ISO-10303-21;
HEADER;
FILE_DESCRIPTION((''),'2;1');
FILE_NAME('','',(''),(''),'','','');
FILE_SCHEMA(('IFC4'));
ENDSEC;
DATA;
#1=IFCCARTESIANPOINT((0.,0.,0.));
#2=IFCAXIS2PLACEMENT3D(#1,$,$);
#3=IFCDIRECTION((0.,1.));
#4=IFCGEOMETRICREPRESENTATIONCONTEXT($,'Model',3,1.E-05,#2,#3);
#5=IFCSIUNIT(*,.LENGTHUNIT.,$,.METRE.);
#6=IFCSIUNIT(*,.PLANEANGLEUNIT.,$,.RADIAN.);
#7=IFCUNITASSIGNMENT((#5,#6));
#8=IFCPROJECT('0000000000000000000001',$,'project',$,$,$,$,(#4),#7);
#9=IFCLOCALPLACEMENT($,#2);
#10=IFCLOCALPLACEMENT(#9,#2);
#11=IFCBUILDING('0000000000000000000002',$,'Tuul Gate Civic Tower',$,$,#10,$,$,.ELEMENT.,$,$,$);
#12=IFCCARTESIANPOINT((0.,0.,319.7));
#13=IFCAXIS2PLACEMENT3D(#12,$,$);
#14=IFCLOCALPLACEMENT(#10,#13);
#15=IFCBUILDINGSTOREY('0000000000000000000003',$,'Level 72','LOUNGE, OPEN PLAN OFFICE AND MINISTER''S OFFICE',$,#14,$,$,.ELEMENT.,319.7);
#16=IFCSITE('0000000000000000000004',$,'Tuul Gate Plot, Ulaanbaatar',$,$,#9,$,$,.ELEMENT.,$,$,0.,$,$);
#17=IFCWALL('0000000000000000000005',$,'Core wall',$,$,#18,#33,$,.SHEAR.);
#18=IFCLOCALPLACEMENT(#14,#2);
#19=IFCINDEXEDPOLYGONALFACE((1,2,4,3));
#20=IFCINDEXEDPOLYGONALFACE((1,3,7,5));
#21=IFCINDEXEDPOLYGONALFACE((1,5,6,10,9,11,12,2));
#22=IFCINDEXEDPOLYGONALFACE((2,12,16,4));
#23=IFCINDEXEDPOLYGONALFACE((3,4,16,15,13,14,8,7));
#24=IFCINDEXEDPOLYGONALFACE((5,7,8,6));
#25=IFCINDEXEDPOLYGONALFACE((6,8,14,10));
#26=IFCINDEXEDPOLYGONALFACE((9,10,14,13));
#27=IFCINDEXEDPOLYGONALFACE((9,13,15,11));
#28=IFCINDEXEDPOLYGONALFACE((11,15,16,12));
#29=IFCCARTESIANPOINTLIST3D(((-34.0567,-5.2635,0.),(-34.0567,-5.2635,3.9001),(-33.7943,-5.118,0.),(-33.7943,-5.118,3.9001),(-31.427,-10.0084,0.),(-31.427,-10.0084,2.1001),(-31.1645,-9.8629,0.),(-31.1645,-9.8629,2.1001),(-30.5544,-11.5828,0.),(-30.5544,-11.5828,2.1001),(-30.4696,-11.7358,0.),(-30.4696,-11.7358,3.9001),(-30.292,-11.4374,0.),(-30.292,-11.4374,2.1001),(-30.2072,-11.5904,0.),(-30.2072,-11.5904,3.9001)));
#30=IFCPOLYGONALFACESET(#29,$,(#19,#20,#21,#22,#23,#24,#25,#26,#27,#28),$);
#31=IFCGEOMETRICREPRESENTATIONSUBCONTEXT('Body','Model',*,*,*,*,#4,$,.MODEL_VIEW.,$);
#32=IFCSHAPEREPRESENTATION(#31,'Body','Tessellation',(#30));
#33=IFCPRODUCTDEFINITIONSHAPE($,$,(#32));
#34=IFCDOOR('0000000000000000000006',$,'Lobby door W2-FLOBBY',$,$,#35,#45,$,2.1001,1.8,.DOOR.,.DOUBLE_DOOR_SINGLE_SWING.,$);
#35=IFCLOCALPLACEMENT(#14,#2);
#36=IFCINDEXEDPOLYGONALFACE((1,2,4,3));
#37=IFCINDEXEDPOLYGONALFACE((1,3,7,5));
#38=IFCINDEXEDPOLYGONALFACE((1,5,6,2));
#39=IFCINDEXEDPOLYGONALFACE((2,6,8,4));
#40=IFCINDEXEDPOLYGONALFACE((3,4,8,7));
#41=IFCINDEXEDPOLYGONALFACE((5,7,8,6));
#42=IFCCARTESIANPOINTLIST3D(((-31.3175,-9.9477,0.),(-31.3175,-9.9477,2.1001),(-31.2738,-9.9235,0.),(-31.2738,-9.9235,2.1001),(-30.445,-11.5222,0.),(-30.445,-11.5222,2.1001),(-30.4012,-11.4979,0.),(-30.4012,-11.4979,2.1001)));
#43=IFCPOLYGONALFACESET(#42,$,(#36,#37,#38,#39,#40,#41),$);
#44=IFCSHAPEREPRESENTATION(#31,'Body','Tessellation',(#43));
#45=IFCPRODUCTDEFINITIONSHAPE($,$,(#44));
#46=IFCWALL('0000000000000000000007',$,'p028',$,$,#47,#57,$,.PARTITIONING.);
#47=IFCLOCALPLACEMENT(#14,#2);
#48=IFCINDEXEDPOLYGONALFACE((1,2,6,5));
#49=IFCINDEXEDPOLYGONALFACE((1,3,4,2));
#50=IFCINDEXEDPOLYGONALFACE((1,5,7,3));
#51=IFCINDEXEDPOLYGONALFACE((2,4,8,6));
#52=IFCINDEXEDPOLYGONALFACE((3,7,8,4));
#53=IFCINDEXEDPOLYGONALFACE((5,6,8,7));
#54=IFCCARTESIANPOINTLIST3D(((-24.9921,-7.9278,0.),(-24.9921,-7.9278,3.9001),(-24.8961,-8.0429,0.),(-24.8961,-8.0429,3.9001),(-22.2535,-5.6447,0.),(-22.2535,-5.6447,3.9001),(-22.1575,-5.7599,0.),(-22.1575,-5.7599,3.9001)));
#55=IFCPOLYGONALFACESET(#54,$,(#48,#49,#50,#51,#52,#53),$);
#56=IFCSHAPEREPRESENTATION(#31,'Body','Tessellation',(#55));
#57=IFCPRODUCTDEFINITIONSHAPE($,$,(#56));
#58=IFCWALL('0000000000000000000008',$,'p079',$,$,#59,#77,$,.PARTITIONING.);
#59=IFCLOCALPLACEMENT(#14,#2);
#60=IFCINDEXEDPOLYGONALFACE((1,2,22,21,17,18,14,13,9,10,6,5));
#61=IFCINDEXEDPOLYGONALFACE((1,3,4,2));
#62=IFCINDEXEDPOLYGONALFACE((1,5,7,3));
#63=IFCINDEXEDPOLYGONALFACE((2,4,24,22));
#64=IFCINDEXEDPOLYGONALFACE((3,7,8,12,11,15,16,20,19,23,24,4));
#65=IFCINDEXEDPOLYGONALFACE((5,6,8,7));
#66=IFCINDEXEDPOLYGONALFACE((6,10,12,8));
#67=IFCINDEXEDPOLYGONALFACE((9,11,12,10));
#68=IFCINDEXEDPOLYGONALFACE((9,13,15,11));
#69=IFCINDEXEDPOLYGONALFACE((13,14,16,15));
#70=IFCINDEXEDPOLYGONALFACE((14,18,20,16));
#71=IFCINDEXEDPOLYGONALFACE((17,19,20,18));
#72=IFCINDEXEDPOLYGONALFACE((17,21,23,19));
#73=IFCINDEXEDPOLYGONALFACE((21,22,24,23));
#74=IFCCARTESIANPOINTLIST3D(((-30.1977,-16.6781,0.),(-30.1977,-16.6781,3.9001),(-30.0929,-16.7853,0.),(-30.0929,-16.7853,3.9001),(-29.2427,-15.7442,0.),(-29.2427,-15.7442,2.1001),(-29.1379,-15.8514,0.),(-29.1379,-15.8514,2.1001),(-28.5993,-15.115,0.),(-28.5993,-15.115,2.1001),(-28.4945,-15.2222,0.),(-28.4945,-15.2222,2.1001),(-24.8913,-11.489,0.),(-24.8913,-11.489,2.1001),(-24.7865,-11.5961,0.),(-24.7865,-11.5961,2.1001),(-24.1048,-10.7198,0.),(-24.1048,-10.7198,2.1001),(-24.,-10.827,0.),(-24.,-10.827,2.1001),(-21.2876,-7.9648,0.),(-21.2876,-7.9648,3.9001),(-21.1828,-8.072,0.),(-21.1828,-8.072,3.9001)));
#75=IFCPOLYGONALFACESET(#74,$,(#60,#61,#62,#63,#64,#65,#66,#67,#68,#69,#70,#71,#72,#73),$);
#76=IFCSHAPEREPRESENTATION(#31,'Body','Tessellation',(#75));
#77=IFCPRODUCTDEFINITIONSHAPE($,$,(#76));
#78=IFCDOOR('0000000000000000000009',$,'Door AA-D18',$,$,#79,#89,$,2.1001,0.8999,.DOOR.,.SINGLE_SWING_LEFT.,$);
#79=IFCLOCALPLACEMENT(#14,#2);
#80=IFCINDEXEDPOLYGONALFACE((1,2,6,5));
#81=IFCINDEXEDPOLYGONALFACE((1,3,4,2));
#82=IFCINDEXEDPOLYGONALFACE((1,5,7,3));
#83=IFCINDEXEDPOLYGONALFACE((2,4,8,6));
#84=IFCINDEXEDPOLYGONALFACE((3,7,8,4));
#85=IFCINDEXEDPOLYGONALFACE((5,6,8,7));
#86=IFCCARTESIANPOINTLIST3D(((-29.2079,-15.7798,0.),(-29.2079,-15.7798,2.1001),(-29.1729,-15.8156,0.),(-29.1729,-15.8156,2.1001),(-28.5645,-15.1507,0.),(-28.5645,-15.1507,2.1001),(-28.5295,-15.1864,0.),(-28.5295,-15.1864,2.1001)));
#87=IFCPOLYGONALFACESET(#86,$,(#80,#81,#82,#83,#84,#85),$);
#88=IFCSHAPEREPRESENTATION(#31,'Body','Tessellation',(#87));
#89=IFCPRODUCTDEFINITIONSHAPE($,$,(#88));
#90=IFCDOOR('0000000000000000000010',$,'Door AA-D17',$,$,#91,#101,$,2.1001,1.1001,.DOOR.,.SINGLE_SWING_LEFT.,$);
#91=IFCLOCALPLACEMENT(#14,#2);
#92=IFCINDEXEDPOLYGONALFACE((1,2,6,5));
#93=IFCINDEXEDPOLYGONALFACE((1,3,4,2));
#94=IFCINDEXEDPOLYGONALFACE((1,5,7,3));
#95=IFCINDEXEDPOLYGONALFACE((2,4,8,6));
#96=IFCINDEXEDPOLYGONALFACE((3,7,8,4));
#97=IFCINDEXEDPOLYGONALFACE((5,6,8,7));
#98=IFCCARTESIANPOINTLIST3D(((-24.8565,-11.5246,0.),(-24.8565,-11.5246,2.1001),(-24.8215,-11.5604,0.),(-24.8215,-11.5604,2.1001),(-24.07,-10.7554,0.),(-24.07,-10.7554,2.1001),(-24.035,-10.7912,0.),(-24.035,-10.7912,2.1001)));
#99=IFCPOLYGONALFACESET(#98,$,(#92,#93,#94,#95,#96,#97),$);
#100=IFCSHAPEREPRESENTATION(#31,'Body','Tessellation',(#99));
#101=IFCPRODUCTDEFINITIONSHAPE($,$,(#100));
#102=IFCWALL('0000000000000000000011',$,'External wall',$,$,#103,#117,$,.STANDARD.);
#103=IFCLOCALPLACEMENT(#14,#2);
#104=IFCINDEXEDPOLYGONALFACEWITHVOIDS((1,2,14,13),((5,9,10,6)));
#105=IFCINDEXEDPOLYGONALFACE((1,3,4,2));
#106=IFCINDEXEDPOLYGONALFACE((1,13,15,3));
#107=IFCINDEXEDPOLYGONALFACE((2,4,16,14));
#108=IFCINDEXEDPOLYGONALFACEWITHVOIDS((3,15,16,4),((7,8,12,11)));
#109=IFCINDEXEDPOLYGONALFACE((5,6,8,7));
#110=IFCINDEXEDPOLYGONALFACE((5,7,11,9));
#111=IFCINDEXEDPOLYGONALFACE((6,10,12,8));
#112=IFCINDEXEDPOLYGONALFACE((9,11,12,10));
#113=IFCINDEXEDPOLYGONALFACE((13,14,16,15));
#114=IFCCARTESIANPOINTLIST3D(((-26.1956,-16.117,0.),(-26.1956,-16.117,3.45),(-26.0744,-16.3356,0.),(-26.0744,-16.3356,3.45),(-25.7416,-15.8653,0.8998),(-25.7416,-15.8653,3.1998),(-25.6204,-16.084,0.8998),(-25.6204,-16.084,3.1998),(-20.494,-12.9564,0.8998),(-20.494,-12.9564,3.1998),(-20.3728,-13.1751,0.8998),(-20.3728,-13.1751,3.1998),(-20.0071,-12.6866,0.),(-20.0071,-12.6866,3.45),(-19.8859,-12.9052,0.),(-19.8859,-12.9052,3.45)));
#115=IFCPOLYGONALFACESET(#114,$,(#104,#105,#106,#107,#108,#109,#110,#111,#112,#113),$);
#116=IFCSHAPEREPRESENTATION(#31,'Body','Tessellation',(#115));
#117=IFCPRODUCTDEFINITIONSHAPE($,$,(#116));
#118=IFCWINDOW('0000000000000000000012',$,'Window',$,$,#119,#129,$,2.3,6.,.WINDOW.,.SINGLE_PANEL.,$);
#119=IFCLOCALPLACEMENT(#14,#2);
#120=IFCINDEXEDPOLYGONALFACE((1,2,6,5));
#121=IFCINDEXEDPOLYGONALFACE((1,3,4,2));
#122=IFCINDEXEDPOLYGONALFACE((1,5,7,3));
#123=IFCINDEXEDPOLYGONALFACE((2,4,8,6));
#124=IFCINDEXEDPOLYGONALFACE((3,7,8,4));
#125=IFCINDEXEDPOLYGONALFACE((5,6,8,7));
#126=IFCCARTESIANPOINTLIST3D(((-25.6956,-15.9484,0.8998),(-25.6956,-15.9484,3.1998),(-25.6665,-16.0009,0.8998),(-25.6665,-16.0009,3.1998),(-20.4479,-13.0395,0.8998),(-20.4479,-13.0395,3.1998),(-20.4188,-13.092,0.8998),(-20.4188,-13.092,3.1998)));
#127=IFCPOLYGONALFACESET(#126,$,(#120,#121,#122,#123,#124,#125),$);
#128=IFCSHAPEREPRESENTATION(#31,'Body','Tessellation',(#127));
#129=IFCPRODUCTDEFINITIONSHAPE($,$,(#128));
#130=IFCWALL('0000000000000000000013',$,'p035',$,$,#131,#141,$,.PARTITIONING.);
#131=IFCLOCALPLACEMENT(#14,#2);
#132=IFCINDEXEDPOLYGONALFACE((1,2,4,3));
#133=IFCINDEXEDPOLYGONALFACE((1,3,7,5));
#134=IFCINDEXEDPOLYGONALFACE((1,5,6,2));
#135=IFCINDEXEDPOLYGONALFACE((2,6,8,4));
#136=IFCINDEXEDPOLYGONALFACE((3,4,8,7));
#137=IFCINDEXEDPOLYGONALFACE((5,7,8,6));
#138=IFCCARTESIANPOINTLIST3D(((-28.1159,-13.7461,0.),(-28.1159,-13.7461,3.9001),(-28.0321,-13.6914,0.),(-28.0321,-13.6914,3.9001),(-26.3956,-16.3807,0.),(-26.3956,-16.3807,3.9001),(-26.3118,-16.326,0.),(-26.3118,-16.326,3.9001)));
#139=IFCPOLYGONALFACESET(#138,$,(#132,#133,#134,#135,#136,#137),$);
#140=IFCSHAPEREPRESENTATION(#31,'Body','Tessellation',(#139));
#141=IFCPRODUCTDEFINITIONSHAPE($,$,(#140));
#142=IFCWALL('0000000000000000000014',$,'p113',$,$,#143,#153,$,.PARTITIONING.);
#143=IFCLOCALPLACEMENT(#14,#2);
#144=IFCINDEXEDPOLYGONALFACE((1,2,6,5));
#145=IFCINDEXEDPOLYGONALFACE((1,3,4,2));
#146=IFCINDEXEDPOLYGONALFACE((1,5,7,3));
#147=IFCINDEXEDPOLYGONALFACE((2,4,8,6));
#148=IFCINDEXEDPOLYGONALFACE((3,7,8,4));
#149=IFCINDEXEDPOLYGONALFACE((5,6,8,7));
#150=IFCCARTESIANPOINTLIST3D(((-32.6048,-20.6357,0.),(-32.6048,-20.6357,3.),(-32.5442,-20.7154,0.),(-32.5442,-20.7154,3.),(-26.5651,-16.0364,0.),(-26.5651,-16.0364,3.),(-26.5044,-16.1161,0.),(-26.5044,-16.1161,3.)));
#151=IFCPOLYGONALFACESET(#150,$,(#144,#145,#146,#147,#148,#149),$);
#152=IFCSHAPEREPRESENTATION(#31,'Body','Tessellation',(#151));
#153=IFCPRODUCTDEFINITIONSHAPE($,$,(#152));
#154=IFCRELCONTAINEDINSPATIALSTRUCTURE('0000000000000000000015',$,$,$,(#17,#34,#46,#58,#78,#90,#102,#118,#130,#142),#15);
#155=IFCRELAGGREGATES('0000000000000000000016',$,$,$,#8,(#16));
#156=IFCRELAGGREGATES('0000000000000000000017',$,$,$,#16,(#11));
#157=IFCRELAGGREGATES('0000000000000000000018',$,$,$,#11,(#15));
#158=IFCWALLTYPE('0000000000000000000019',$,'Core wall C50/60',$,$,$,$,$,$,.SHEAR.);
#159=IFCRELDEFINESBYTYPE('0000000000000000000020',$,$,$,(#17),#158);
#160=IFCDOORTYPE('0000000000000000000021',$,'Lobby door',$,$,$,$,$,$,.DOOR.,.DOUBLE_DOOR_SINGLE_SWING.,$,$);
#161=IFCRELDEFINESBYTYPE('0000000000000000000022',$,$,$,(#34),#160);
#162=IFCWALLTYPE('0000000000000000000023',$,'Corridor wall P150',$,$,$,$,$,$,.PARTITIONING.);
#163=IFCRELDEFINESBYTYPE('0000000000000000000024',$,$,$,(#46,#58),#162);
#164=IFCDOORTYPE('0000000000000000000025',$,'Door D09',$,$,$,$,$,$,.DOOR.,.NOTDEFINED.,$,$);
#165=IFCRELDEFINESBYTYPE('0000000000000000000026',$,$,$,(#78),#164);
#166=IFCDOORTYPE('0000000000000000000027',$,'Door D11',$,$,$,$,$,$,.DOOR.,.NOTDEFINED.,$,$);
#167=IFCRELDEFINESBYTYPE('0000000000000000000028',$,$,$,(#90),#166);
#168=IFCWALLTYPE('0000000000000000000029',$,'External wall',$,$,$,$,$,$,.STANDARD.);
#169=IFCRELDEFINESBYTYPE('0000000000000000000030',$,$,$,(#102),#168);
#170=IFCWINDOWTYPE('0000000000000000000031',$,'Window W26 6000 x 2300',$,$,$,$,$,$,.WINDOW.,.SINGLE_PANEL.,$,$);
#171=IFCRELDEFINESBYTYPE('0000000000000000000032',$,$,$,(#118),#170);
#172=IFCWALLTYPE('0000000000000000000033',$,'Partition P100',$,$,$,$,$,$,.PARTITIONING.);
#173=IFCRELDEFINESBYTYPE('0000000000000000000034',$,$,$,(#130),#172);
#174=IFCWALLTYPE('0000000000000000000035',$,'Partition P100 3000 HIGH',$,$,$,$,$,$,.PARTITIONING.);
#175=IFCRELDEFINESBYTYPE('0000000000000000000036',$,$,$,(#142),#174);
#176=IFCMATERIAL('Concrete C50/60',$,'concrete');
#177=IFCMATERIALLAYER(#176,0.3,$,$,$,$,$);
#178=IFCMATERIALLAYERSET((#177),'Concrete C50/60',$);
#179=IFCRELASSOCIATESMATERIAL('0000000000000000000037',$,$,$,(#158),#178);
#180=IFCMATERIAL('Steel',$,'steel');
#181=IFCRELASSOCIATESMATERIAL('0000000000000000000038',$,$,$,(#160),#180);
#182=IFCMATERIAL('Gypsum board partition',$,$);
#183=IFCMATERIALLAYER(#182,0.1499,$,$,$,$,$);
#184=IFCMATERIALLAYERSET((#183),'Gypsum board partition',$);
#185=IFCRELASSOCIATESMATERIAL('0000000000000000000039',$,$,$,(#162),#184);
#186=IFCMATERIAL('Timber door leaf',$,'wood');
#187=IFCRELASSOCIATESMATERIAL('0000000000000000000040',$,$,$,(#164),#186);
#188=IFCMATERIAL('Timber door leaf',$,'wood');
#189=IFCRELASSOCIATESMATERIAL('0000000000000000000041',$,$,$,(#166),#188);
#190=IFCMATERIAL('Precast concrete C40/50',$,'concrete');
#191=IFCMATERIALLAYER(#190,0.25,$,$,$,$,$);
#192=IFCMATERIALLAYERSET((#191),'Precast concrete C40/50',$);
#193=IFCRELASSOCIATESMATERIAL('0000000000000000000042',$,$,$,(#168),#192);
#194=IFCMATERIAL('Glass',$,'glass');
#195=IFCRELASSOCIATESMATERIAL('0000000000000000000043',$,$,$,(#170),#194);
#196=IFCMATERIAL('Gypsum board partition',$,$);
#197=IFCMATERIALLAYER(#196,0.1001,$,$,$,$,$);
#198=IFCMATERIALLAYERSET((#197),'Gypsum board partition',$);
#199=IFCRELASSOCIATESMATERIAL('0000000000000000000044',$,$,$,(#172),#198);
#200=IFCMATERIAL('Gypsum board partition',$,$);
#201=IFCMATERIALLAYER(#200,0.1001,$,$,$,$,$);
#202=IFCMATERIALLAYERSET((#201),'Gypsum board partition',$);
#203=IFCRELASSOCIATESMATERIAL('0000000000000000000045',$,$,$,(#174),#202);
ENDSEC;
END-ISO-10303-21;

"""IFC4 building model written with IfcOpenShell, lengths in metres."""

from ifc_helpers import new_model, si_unit, direction, frame, frame_2d, origin, place, context, subcontext, project, spatial, rectangle, extrude, material, layer, layer_set, type_object, element, fill, save


model = new_model("IFC4")

# Units and contexts
model_context = context("Model", 3, precision=1e-05, world=origin(), true_north=direction((0.0, 1.0)))
body_context = subcontext(model_context, "Body", "Model", "MODEL_VIEW")
ifc_project = project(units=[si_unit("LENGTHUNIT", "METRE"), si_unit("PLANEANGLEUNIT", "RADIAN")], contexts=[model_context])

# Site, building, storey
site_placement = place(None, origin())
site = spatial("IfcSite", under=ifc_project, at=site_placement, Name="Tuul Gate Plot, Ulaanbaatar", CompositionType="ELEMENT", RefElevation=0.0)
building_placement = place(site_placement, origin())
building = spatial("IfcBuilding", under=site, at=building_placement, Name="Tuul Gate Civic Tower", CompositionType="ELEMENT")
storey_placement = place(building_placement, frame((0.0, 0.0, 319.7)))
storey = spatial("IfcBuildingStorey", under=building, at=storey_placement, Name="Level 72", Description="LOUNGE, OPEN PLAN OFFICE AND MINISTER'S OFFICE", CompositionType="ELEMENT", Elevation=319.7)

# Shared definitions
ifc_material_1 = material(Name="Concrete C50/60", Category="concrete")
ifc_layer_1 = layer(ifc_material_1, 0.3)
ifc_layer_set_1 = layer_set([ifc_layer_1], Name="Concrete C50/60")
wall_type_1 = type_object("IfcWallType", Name="Core wall C50/60", PredefinedType="SHEAR", material=ifc_layer_set_1)

# Wall, opening, door
wall_1_placement = place(storey_placement, frame((-30.3384, -11.6631, 0.0), z_axis=(0.0, 0.0, 1.0), x_axis=(-0.484752, 0.874652, 0.0)))
wall_1 = element("IfcWall", 1, at=wall_1_placement, inside=storey, type_object=wall_type_1, Name="Core wall", PredefinedType="SHEAR", context=body_context, shape_type="SweptSolid", body=[
    extrude(rectangle(XDim=7.3999, YDim=0.3, at=frame_2d((3.7, 0.0))), origin(), (0.0, 0.0, 1.0), 3.9001),
])
opening_1_placement = place(wall_1_placement, frame((0.175, 0.0, 0.0)))
opening_1 = element("IfcOpeningElement", 2, at=opening_1_placement, cuts=wall_1, PredefinedType="OPENING", context=body_context, shape_type="SweptSolid", body=[
    extrude(rectangle(XDim=1.8, YDim=2.1001, at=frame_2d((0.8999, 1.05))), frame((0.0, 0.1602, 0.0), z_axis=(0.0, -1.0, 0.0), x_axis=(1.0, 0.0, 0.0)), (0.0, 0.0, 1.0), 0.3201),
])
ifc_material_2 = material(Name="Steel", Category="steel")
door_type_1 = type_object("IfcDoorType", Name="Lobby door", OperationType="DOUBLE_DOOR_SINGLE_SWING", PredefinedType="DOOR", material=ifc_material_2)
door_1_placement = place(opening_1_placement, origin())
door_1 = element("IfcDoor", 3, at=door_1_placement, inside=storey, type_object=door_type_1, Name="Lobby door W2-FLOBBY", OperationType="DOUBLE_DOOR_SINGLE_SWING", OverallHeight=2.1001, OverallWidth=1.8, PredefinedType="DOOR", context=body_context, shape_type="SweptSolid", body=[
    extrude(rectangle(XDim=1.8, YDim=2.1001, at=frame_2d((0.8999, 1.05))), frame((0.0, 0.0249, 0.0), z_axis=(0.0, -1.0, 0.0), x_axis=(1.0, 0.0, 0.0)), (0.0, 0.0, 1.0), 0.05),
])
fill(opening_1, door_1)

# Wall
ifc_material_3 = material(Name="Gypsum board partition")
ifc_layer_2 = layer(ifc_material_3, 0.1499)
ifc_layer_set_2 = layer_set([ifc_layer_2], Name="Gypsum board partition")
wall_type_2 = type_object("IfcWallType", Name="Corridor wall P150", PredefinedType="PARTITIONING", material=ifc_layer_set_2)
wall_2_placement = place(storey_placement, frame((-24.9441, -7.9854, 0.0), z_axis=(0.0, 0.0, 1.0), x_axis=(0.768103, 0.640326, 0.0)))
element("IfcWall", 4, at=wall_2_placement, inside=storey, type_object=wall_type_2, Name="p028", PredefinedType="PARTITIONING", context=body_context, shape_type="SweptSolid", body=[
    extrude(rectangle(XDim=3.5654, YDim=0.1499, at=frame_2d((1.7827, 0.0))), origin(), (0.0, 0.0, 1.0), 3.9001),
])

# Wall, openings, doors
wall_3_placement = place(storey_placement, frame((-30.1453, -16.7317, 0.0), z_axis=(0.0, 0.0, 1.0), x_axis=(0.714957, 0.699168, 0.0)))
wall_3 = element("IfcWall", 5, at=wall_3_placement, inside=storey, type_object=wall_type_2, Name="p079", PredefinedType="PARTITIONING", context=body_context, shape_type="SweptSolid", body=[
    extrude(rectangle(XDim=12.4624, YDim=0.1499, at=frame_2d((6.2312, 0.0))), origin(), (0.0, 0.0, 1.0), 3.9001),
])
opening_2_placement = place(wall_3_placement, frame((7.4219, 0.0, 0.0)))
opening_2 = element("IfcOpeningElement", 6, at=opening_2_placement, cuts=wall_3, PredefinedType="OPENING", context=body_context, shape_type="SweptSolid", body=[
    extrude(rectangle(XDim=1.1001, YDim=2.1001, at=frame_2d((0.55, 1.05))), frame((0.0, 0.085, 0.0), z_axis=(0.0, -1.0, 0.0), x_axis=(1.0, 0.0, 0.0)), (0.0, 0.0, 1.0), 0.1699),
])
opening_3_placement = place(wall_3_placement, frame((1.3357, 0.0, 0.0)))
opening_3 = element("IfcOpeningElement", 7, at=opening_3_placement, cuts=wall_3, PredefinedType="OPENING", context=body_context, shape_type="SweptSolid", body=[
    extrude(rectangle(XDim=0.8999, YDim=2.1001, at=frame_2d((0.45, 1.05))), frame((0.0, 0.085, 0.0), z_axis=(0.0, -1.0, 0.0), x_axis=(1.0, 0.0, 0.0)), (0.0, 0.0, 1.0), 0.1699),
])
ifc_material_4 = material(Name="Timber door leaf", Category="wood")
door_type_2 = type_object("IfcDoorType", Name="Door D09", OperationType="NOTDEFINED", PredefinedType="DOOR", material=ifc_material_4)
door_2_placement = place(opening_3_placement, frame((0.8999, 0.0, 0.0), z_axis=(0.0, 0.0, 1.0), x_axis=(-1.0, 0.0, 0.0)))
door_2 = element("IfcDoor", 8, at=door_2_placement, inside=storey, type_object=door_type_2, Name="Door AA-D18", OperationType="SINGLE_SWING_LEFT", OverallHeight=2.1001, OverallWidth=0.8999, PredefinedType="DOOR", context=body_context, shape_type="SweptSolid", body=[
    extrude(rectangle(XDim=0.8999, YDim=2.1001, at=frame_2d((0.45, 1.05))), frame((0.0, 0.0249, 0.0), z_axis=(0.0, -1.0, 0.0), x_axis=(1.0, 0.0, 0.0)), (0.0, 0.0, 1.0), 0.05),
])
fill(opening_3, door_2)
ifc_material_5 = material(Name="Timber door leaf", Category="wood")
door_type_3 = type_object("IfcDoorType", Name="Door D11", OperationType="NOTDEFINED", PredefinedType="DOOR", material=ifc_material_5)
door_3_placement = place(opening_2_placement, frame((1.1001, 0.0, 0.0), z_axis=(0.0, 0.0, 1.0), x_axis=(-1.0, 0.0, 0.0)))
door_3 = element("IfcDoor", 9, at=door_3_placement, inside=storey, type_object=door_type_3, Name="Door AA-D17", OperationType="SINGLE_SWING_LEFT", OverallHeight=2.1001, OverallWidth=1.1001, PredefinedType="DOOR", context=body_context, shape_type="SweptSolid", body=[
    extrude(rectangle(XDim=1.1001, YDim=2.1001, at=frame_2d((0.55, 1.05))), frame((0.0, 0.0249, 0.0), z_axis=(0.0, -1.0, 0.0), x_axis=(1.0, 0.0, 0.0)), (0.0, 0.0, 1.0), 0.05),
])
fill(opening_2, door_3)

# Wall, opening, window
ifc_material_6 = material(Name="Precast concrete C40/50", Category="concrete")
ifc_layer_3 = layer(ifc_material_6, 0.25)
ifc_layer_set_3 = layer_set([ifc_layer_3], Name="Precast concrete C40/50")
wall_type_3 = type_object("IfcWallType", Name="External wall", PredefinedType="STANDARD", material=ifc_layer_set_3)
wall_4_placement = place(storey_placement, frame((-26.135, -16.2263, 0.0), z_axis=(0.0, 0.0, 1.0), x_axis=(0.874614, 0.484819, 0.0)))
wall_4 = element("IfcWall", 10, at=wall_4_placement, inside=storey, type_object=wall_type_3, Name="External wall", PredefinedType="STANDARD", context=body_context, shape_type="SweptSolid", body=[
    extrude(rectangle(XDim=7.0757, YDim=0.25, at=frame_2d((3.5378, 0.0))), origin(), (0.0, 0.0, 1.0), 3.45),
])
opening_4_placement = place(wall_4_placement, frame((0.519, 0.0, 0.8999)))
opening_4 = element("IfcOpeningElement", 11, at=opening_4_placement, cuts=wall_4, PredefinedType="OPENING", context=body_context, shape_type="SweptSolid", body=[
    extrude(rectangle(XDim=6.0, YDim=2.3, at=frame_2d((3.0, 1.1499))), frame((0.0, 0.135, 0.0), z_axis=(0.0, -1.0, 0.0), x_axis=(1.0, 0.0, 0.0)), (0.0, 0.0, 1.0), 0.27),
])
ifc_material_7 = material(Name="Glass", Category="glass")
window_type = type_object("IfcWindowType", Name="Window W26 6000 x 2300", PartitioningType="SINGLE_PANEL", PredefinedType="WINDOW", material=ifc_material_7)
window_placement = place(opening_4_placement, origin())
window = element("IfcWindow", 12, at=window_placement, inside=storey, type_object=window_type, Name="Window", OverallHeight=2.3, OverallWidth=6.0, PartitioningType="SINGLE_PANEL", PredefinedType="WINDOW", context=body_context, shape_type="SweptSolid", body=[
    extrude(rectangle(XDim=6.0, YDim=2.3, at=frame_2d((3.0, 1.1499))), frame((0.0, 0.03, 0.0), z_axis=(0.0, -1.0, 0.0), x_axis=(1.0, 0.0, 0.0)), (0.0, 0.0, 1.0), 0.0601),
])
fill(opening_4, window)

# Walls
ifc_material_8 = material(Name="Gypsum board partition")
ifc_layer_4 = layer(ifc_material_8, 0.1001)
ifc_layer_set_4 = layer_set([ifc_layer_4], Name="Gypsum board partition")
wall_type_4 = type_object("IfcWallType", Name="Partition P100", PredefinedType="PARTITIONING", material=ifc_layer_set_4)
wall_5_placement = place(storey_placement, frame((-28.074, -13.7188, 0.0), z_axis=(0.0, 0.0, 1.0), x_axis=(0.546725, -0.837313, 0.0)))
element("IfcWall", 13, at=wall_5_placement, inside=storey, type_object=wall_type_4, Name="p035", PredefinedType="PARTITIONING", context=body_context, shape_type="SweptSolid", body=[
    extrude(rectangle(XDim=3.1465, YDim=0.1001, at=frame_2d((1.5732, 0.0))), origin(), (0.0, 0.0, 1.0), 3.9001),
])
ifc_material_9 = material(Name="Gypsum board partition")
ifc_layer_5 = layer(ifc_material_9, 0.1001)
ifc_layer_set_5 = layer_set([ifc_layer_5], Name="Gypsum board partition")
wall_type_5 = type_object("IfcWallType", Name="Partition P100 3000 HIGH", PredefinedType="PARTITIONING", material=ifc_layer_set_5)
wall_6_placement = place(storey_placement, frame((-26.5347, -16.0762, 0.0), z_axis=(0.0, 0.0, 1.0), x_axis=(-0.795583, -0.605845, 0.0)))
element("IfcWall", 14, at=wall_6_placement, inside=storey, type_object=wall_type_5, Name="p113", PredefinedType="PARTITIONING", context=body_context, shape_type="SweptSolid", body=[
    extrude(rectangle(XDim=7.5916, YDim=0.1001, at=frame_2d((3.7959, 0.0))), origin(), (0.0, 0.0, 1.0), 3.0),
])

save(model, "model.ifc")
